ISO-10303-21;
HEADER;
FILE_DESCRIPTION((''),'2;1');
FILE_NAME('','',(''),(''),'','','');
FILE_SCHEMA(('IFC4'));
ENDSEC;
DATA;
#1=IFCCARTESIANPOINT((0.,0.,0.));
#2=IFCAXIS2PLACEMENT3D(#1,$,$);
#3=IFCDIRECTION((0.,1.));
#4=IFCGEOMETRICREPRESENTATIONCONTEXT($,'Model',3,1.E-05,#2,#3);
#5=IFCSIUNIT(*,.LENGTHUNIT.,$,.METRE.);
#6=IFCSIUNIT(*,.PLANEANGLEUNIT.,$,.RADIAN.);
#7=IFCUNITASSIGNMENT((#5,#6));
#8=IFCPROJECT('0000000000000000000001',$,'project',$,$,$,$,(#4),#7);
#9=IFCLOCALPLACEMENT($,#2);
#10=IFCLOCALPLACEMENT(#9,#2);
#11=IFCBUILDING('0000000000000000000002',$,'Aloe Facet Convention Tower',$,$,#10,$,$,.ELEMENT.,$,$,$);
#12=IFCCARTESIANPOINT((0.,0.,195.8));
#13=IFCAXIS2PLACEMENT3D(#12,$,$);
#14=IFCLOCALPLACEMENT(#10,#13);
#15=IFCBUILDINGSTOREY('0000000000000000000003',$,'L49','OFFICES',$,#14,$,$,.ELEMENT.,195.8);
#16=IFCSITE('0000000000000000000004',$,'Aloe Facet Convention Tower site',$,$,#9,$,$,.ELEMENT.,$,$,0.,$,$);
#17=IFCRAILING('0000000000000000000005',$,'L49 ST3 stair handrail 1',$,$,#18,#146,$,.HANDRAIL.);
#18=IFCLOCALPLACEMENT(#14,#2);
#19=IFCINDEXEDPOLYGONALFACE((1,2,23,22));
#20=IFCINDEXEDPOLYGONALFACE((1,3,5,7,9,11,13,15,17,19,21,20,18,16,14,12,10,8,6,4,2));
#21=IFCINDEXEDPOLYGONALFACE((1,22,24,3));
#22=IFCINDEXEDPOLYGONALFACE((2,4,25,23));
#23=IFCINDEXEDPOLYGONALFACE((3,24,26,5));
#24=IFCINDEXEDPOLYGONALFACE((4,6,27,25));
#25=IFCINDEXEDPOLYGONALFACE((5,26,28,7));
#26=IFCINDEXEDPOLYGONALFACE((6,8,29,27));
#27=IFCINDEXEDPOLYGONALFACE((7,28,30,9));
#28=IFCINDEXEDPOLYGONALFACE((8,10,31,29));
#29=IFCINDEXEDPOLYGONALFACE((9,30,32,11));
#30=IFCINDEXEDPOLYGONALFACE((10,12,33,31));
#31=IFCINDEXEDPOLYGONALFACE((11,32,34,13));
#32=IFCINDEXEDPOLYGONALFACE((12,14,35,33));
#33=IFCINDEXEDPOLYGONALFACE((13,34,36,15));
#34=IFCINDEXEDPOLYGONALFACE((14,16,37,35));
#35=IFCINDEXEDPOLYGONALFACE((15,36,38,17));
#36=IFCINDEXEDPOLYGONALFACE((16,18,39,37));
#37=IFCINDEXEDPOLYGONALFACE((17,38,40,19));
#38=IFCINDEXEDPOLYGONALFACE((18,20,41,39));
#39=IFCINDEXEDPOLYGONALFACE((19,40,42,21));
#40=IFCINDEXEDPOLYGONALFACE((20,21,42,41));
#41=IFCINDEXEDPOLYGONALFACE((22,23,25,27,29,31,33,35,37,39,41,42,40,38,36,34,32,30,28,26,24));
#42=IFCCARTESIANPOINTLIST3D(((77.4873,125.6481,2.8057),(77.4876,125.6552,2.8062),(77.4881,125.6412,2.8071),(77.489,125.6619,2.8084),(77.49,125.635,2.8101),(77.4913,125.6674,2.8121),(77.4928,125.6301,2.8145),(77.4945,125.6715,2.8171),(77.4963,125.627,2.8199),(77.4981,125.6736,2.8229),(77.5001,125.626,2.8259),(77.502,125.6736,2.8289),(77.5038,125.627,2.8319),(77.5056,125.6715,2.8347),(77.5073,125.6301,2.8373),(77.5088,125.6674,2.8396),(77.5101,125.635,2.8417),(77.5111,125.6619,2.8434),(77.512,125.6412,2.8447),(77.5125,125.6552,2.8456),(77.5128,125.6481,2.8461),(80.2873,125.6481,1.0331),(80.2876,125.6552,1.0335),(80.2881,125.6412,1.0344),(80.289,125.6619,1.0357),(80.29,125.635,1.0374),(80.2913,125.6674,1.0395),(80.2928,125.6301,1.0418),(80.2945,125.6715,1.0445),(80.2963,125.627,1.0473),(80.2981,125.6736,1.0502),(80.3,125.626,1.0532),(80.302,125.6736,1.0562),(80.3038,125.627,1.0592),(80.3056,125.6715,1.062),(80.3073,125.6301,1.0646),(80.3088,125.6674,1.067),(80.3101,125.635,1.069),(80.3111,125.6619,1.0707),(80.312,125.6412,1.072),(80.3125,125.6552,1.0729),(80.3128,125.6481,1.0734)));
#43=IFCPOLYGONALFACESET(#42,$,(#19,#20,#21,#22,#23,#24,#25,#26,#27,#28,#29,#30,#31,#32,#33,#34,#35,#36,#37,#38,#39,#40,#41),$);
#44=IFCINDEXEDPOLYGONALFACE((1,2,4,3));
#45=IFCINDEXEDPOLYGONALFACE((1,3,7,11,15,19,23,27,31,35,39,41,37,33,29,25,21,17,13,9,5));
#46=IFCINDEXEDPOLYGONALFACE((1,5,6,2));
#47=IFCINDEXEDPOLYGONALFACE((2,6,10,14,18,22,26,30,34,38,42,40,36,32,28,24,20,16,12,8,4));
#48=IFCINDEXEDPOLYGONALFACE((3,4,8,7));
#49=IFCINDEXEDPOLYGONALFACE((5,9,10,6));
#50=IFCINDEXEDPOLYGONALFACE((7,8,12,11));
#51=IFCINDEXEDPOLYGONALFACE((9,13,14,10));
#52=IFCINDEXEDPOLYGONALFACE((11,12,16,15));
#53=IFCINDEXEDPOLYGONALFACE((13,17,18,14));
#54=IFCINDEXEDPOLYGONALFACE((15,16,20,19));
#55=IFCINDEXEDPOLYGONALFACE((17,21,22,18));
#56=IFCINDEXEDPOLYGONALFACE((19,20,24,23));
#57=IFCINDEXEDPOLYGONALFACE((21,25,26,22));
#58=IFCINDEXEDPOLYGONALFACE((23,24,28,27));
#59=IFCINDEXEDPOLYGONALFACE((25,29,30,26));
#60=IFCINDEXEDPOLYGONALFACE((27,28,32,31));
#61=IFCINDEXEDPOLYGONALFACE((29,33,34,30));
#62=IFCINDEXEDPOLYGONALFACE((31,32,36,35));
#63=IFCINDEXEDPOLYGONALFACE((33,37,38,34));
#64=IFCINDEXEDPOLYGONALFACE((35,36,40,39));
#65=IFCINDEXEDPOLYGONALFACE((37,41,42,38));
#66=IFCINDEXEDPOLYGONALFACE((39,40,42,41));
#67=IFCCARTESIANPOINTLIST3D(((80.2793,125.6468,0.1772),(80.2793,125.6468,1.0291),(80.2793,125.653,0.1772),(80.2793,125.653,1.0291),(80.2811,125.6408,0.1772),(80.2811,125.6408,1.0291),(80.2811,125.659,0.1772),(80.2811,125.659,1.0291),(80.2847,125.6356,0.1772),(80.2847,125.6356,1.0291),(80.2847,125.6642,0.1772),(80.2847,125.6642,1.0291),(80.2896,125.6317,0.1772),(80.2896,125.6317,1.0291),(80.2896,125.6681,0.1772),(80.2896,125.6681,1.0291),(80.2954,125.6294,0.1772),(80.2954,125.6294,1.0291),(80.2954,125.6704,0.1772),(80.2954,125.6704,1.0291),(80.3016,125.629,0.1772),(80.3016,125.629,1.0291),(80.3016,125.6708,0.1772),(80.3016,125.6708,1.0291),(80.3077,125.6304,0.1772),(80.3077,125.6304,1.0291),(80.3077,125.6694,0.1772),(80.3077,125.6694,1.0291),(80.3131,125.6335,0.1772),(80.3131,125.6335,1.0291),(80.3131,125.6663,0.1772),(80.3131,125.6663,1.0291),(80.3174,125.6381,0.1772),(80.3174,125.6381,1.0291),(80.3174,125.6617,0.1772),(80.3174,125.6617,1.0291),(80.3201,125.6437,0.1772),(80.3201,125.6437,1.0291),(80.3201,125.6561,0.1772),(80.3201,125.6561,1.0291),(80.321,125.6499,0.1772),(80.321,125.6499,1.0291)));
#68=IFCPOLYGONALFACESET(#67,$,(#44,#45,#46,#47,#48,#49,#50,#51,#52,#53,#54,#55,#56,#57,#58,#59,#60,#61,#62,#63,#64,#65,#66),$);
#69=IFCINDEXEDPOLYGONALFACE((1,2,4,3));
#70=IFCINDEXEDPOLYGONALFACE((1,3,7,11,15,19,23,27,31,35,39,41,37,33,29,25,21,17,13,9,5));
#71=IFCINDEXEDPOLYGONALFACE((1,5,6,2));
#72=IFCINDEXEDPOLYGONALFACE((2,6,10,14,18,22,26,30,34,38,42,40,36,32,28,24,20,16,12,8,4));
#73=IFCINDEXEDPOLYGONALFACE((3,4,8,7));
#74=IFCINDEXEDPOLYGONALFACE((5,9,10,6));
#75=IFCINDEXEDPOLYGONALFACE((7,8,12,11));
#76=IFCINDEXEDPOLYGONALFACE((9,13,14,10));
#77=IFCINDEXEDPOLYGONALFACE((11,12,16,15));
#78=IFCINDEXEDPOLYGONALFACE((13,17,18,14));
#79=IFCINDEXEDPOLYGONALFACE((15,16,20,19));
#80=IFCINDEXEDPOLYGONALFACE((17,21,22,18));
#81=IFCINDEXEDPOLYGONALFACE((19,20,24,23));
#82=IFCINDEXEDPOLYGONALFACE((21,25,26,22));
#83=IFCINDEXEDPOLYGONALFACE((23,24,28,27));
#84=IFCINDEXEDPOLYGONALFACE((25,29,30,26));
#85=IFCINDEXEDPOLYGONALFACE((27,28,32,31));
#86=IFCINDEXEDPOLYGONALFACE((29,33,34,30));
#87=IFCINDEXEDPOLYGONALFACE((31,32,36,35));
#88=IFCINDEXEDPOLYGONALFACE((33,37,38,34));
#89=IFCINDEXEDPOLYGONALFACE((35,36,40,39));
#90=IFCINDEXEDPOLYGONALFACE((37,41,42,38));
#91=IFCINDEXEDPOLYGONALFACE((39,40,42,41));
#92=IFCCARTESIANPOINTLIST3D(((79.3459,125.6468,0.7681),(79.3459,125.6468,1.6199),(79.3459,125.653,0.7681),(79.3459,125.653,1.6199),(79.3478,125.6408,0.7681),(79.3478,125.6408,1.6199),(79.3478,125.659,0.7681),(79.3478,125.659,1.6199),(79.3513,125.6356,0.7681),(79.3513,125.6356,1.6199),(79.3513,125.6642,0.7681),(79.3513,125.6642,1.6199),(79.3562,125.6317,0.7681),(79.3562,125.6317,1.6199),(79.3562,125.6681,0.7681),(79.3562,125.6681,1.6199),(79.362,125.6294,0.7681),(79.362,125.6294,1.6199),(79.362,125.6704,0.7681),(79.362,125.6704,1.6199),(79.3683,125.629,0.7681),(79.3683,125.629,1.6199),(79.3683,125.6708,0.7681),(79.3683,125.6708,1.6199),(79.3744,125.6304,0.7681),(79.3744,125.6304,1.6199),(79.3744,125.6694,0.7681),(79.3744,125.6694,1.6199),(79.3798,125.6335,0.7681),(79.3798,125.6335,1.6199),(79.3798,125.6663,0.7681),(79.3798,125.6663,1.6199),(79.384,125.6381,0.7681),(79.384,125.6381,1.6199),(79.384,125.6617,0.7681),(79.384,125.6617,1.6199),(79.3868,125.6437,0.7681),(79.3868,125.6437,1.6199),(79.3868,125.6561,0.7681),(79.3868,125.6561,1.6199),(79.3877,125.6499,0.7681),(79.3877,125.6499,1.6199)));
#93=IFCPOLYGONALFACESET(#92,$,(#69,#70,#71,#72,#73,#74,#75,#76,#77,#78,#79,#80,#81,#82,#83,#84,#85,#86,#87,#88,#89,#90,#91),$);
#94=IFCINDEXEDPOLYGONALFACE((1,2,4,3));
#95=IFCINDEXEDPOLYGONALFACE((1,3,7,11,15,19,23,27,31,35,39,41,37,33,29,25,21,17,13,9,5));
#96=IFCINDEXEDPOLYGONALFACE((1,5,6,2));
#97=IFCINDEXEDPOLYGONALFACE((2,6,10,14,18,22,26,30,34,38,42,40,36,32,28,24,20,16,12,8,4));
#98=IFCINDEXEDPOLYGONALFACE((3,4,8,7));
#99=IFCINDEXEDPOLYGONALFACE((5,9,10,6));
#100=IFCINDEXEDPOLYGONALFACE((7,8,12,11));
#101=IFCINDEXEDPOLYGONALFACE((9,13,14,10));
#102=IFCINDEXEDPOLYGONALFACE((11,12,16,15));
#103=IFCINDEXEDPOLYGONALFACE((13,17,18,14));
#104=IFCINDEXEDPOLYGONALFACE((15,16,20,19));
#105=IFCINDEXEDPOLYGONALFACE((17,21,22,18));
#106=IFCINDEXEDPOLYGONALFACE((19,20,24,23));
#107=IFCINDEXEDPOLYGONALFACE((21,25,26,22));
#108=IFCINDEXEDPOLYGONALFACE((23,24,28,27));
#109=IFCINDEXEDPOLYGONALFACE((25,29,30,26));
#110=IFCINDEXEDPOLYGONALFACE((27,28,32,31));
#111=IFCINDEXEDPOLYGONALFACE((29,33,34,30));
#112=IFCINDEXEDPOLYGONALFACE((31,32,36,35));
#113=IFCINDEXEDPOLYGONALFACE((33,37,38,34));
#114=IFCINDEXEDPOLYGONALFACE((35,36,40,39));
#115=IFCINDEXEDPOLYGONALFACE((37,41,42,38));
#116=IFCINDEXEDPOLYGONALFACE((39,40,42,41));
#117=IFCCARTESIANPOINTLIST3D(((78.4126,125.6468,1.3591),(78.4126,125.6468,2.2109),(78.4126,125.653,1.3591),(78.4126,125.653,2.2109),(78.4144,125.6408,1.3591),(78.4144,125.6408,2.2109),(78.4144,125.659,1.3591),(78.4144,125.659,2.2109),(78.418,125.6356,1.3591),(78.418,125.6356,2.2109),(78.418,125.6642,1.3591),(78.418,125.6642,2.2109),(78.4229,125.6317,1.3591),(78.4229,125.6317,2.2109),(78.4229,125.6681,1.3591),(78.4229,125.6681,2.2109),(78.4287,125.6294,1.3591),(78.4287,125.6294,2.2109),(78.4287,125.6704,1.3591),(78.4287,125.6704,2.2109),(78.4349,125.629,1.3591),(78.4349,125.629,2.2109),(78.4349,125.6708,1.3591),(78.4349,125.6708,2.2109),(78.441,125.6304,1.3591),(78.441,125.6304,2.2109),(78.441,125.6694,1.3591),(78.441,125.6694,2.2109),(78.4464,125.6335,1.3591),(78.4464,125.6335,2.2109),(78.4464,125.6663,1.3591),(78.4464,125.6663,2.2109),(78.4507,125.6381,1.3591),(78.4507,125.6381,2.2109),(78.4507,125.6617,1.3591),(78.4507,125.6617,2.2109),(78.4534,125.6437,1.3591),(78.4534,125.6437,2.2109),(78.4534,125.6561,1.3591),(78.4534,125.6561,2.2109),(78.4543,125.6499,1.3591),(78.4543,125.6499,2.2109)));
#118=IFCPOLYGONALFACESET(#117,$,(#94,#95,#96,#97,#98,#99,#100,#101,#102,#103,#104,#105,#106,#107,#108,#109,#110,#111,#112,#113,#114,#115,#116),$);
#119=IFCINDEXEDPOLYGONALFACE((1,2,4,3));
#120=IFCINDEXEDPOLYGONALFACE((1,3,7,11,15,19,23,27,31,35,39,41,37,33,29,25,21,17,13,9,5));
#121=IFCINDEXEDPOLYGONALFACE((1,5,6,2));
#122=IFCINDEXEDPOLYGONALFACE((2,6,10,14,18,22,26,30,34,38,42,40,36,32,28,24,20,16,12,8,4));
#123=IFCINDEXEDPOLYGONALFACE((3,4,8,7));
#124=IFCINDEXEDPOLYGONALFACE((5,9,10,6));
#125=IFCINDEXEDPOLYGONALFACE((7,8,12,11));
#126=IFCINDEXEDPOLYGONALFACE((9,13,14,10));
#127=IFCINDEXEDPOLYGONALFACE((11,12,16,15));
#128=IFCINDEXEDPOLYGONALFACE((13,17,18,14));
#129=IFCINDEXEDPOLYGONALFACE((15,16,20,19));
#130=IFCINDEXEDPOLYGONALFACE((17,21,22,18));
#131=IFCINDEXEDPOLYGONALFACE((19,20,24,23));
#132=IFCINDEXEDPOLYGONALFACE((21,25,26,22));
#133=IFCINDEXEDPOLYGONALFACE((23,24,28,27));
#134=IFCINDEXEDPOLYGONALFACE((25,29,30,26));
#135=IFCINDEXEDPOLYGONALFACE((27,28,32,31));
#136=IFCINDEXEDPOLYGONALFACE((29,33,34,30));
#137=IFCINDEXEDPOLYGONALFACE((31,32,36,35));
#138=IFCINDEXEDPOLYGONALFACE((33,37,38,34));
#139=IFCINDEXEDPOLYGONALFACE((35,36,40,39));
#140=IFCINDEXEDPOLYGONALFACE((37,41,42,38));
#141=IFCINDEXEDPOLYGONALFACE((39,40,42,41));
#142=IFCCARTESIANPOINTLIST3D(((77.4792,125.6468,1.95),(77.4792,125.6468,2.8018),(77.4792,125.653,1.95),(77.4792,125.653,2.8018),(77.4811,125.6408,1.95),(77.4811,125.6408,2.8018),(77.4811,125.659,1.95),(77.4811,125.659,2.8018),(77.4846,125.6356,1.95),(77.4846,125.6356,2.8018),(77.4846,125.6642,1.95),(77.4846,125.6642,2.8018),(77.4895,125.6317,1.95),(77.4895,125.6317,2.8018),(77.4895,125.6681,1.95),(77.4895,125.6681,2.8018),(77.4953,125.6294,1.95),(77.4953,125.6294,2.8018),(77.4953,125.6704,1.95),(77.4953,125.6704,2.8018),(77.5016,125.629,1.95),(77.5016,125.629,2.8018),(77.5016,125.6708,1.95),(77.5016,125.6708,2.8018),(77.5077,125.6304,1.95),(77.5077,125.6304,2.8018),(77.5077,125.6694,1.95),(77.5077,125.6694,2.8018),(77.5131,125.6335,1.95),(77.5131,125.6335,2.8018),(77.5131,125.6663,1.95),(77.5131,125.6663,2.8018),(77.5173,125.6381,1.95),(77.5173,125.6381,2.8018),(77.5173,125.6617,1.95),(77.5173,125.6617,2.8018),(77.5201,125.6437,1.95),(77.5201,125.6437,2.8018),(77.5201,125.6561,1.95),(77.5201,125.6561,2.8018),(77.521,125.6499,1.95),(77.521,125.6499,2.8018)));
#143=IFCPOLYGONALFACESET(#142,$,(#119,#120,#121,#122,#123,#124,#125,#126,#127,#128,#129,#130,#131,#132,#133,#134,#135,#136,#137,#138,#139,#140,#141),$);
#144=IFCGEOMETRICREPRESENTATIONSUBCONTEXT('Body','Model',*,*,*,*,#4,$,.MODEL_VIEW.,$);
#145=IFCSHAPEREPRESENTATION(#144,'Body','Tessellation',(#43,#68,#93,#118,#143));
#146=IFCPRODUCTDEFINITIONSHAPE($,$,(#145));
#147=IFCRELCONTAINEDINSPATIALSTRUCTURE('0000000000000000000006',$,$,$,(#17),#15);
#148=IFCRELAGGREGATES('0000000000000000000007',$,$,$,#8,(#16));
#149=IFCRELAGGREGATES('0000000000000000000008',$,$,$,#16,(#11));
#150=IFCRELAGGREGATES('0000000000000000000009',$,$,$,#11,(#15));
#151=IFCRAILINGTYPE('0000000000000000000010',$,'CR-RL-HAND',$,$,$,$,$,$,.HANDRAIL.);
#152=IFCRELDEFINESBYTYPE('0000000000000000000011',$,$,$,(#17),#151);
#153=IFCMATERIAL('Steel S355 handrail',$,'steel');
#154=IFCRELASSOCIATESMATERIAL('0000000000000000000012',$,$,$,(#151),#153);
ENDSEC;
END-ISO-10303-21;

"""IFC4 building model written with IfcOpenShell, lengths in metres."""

from ifc_helpers import new_model, si_unit, direction, frame, origin, origin_2d, place, context, subcontext, project, spatial, circle, extrude, material, type_object, element, save


model = new_model("IFC4")

# Units and contexts
model_context = context("Model", 3, precision=1e-05, world=origin(), true_north=direction((0.0, 1.0)))
body_context = subcontext(model_context, "Body", "Model", "MODEL_VIEW")
ifc_project = project(units=[si_unit("LENGTHUNIT", "METRE"), si_unit("PLANEANGLEUNIT", "RADIAN")], contexts=[model_context])

# Site, building, storey
site_placement = place(None, origin())
site = spatial("IfcSite", under=ifc_project, at=site_placement, Name="Aloe Facet Convention Tower site", CompositionType="ELEMENT", RefElevation=0.0)
building_placement = place(site_placement, origin())
building = spatial("IfcBuilding", under=site, at=building_placement, Name="Aloe Facet Convention Tower", CompositionType="ELEMENT")
storey_placement = place(building_placement, frame((0.0, 0.0, 195.8)))
storey = spatial("IfcBuildingStorey", under=building, at=storey_placement, Name="L49", Description="OFFICES", CompositionType="ELEMENT", Elevation=195.8)

# Railing
ifc_material_1 = material(Name="Steel S355 handrail", Category="steel")
railing_type_1 = type_object("IfcRailingType", Name="CR-RL-HAND", PredefinedType="HANDRAIL", material=ifc_material_1)
railing_1_placement = place(storey_placement, frame((80.3, 125.6499, 0.1772)))
element("IfcRailing", 1, at=railing_1_placement, inside=storey, type_object=railing_type_1, Name="L49 ST3 stair handrail 1", PredefinedType="HANDRAIL", context=body_context, shape_type="SweptSolid", body=[
    extrude(circle(Radius=0.0239, at=origin_2d()), frame((0.0, 0.0, 0.876), z_axis=(-0.844909, 0.0, 0.53491), x_axis=(0.0, -1.0, 0.0)), (0.0, 0.0, 1.0), 3.314),
    extrude(circle(Radius=0.021, at=origin_2d()), origin(), (0.0, 0.0, 1.0), 0.8518),
    extrude(circle(Radius=0.021, at=origin_2d()), frame((-0.9333, 0.0, 0.5908)), (0.0, 0.0, 1.0), 0.8518),
    extrude(circle(Radius=0.021, at=origin_2d()), frame((-1.8667, 0.0, 1.1819)), (0.0, 0.0, 1.0), 0.8518),
    extrude(circle(Radius=0.021, at=origin_2d()), frame((-2.8, 0.0, 1.7727)), (0.0, 0.0, 1.0), 0.8518),
])

save(model, "model.ifc")
